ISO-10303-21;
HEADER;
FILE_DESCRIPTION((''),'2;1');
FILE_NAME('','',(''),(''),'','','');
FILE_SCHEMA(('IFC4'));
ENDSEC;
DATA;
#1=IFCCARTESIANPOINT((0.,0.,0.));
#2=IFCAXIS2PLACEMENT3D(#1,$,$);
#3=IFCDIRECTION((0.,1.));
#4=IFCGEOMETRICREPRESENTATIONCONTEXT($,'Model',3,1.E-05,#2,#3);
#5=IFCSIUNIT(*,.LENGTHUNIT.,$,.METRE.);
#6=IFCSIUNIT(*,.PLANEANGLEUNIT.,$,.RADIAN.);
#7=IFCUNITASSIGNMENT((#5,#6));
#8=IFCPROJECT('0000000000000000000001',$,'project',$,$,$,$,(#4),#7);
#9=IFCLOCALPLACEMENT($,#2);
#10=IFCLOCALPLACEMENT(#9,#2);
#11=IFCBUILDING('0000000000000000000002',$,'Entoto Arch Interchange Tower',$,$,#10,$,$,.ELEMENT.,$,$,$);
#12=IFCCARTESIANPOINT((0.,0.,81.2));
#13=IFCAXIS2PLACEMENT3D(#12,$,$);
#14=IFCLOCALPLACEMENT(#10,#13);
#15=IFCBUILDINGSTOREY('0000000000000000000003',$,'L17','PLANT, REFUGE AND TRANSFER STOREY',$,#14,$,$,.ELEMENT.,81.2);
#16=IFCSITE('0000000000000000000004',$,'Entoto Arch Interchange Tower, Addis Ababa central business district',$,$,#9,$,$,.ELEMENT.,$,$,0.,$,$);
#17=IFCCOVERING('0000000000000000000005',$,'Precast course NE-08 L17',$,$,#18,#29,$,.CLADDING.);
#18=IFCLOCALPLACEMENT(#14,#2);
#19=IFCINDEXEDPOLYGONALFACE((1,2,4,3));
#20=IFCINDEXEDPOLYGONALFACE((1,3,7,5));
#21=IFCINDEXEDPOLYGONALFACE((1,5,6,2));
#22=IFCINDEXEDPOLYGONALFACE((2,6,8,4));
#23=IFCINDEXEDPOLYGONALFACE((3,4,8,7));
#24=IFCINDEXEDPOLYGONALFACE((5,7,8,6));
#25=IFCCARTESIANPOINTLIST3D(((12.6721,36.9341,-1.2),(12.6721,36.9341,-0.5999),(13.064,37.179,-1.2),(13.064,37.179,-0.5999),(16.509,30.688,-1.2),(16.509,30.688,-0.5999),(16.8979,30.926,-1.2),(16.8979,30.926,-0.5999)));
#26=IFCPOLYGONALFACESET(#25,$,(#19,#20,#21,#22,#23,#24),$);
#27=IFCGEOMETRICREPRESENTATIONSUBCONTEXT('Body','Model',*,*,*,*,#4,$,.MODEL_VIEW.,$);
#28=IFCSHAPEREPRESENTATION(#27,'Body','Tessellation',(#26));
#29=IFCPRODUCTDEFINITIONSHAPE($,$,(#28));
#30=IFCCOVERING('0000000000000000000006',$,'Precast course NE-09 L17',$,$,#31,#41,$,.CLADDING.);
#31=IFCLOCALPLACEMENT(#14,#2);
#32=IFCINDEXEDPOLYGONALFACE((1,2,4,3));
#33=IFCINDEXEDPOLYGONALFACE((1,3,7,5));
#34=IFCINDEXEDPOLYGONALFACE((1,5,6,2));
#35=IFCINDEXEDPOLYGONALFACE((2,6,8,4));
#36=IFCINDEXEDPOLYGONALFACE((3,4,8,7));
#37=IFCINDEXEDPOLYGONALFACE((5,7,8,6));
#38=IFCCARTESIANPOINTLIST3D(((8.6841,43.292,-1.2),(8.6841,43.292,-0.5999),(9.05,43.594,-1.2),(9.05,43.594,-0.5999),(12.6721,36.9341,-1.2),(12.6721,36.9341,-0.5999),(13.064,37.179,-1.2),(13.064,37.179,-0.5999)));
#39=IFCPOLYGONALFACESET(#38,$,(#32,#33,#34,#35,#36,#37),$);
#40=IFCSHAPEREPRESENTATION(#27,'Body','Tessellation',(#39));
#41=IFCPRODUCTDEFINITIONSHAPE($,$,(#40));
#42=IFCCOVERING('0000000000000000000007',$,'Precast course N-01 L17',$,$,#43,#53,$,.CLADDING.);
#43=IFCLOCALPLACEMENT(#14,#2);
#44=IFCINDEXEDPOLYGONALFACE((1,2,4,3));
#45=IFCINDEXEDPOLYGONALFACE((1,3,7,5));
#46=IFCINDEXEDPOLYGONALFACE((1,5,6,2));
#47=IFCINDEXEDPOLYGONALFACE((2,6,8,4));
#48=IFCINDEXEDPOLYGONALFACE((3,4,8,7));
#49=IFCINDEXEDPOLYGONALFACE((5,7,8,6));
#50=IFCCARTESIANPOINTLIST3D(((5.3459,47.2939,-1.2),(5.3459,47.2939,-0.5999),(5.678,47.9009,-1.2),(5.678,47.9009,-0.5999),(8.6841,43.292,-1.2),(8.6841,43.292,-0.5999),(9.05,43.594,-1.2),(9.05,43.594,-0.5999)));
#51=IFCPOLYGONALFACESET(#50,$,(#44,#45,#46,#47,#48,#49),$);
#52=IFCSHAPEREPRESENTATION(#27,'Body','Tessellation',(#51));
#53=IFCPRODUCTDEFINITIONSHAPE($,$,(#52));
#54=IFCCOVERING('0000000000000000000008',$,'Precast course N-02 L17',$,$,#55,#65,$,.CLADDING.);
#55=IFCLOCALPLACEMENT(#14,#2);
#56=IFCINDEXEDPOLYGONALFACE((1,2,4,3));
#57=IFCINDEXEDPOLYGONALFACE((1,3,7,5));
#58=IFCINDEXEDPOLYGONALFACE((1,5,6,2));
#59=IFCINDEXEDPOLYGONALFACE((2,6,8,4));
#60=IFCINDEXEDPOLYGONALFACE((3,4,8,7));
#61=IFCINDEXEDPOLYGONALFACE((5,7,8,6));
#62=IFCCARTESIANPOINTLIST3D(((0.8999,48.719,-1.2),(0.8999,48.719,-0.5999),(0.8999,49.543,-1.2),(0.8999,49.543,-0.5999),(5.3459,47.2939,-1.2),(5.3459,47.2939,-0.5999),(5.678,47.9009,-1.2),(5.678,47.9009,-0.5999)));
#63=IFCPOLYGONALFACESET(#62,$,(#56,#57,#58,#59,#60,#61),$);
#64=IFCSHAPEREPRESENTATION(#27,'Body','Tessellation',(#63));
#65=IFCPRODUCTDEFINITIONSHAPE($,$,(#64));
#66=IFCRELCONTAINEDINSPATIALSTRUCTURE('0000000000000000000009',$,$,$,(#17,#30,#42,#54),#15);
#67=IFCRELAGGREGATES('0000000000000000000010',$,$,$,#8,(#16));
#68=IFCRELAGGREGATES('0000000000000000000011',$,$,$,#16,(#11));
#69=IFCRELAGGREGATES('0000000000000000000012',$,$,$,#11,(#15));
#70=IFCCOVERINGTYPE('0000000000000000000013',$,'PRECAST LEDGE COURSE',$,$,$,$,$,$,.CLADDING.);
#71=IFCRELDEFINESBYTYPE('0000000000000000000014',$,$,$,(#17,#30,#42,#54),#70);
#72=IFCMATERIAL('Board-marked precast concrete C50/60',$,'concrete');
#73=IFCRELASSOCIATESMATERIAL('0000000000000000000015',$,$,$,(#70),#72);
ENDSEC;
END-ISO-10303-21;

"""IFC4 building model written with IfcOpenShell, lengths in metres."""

from ifc_helpers import new_model, si_unit, direction, frame, origin, place, context, subcontext, project, spatial, polyline, outline, extrude, material, type_object, element, save


model = new_model("IFC4")

# Units and contexts
model_context = context("Model", 3, precision=1e-05, world=origin(), true_north=direction((0.0, 1.0)))
body_context = subcontext(model_context, "Body", "Model", "MODEL_VIEW")
ifc_project = project(units=[si_unit("LENGTHUNIT", "METRE"), si_unit("PLANEANGLEUNIT", "RADIAN")], contexts=[model_context])

# Site, building, storey
site_placement = place(None, origin())
site = spatial("IfcSite", under=ifc_project, at=site_placement, Name="Entoto Arch Interchange Tower, Addis Ababa central business district", CompositionType="ELEMENT", RefElevation=0.0)
building_placement = place(site_placement, origin())
building = spatial("IfcBuilding", under=site, at=building_placement, Name="Entoto Arch Interchange Tower", CompositionType="ELEMENT")
storey_placement = place(building_placement, frame((0.0, 0.0, 81.2)))
storey = spatial("IfcBuildingStorey", under=building, at=storey_placement, Name="L17", Description="PLANT, REFUGE AND TRANSFER STOREY", CompositionType="ELEMENT", Elevation=81.2)

# Coverings
ifc_material = material(Name="Board-marked precast concrete C50/60", Category="concrete")
covering_type = type_object("IfcCoveringType", Name="PRECAST LEDGE COURSE", PredefinedType="CLADDING", material=ifc_material)
covering_1_placement = place(storey_placement, frame((0.0, 0.0, -1.2)))
element("IfcCovering", 1, at=covering_1_placement, inside=storey, type_object=covering_type, Name="Precast course NE-08 L17", PredefinedType="CLADDING", context=body_context, shape_type="SweptSolid", body=[
    extrude(outline(polyline([(12.6721, 36.9341), (13.064, 37.179), (16.8979, 30.926), (16.509, 30.688), (12.6721, 36.9341)])), origin(), (0.0, 0.0, 1.0), 0.6001),
])
covering_2_placement = place(storey_placement, frame((0.0, 0.0, -1.2)))
element("IfcCovering", 2, at=covering_2_placement, inside=storey, type_object=covering_type, Name="Precast course NE-09 L17", PredefinedType="CLADDING", context=body_context, shape_type="SweptSolid", body=[
    extrude(outline(polyline([(8.6841, 43.292), (9.05, 43.594), (13.064, 37.179), (12.6721, 36.9341), (8.6841, 43.292)])), origin(), (0.0, 0.0, 1.0), 0.6001),
])
covering_3_placement = place(storey_placement, frame((0.0, 0.0, -1.2)))
element("IfcCovering", 3, at=covering_3_placement, inside=storey, type_object=covering_type, Name="Precast course N-01 L17", PredefinedType="CLADDING", context=body_context, shape_type="SweptSolid", body=[
    extrude(outline(polyline([(5.3459, 47.2939), (5.678, 47.9009), (9.05, 43.594), (8.6841, 43.292), (5.3459, 47.2939)])), origin(), (0.0, 0.0, 1.0), 0.6001),
])
covering_4_placement = place(storey_placement, frame((0.0, 0.0, -1.2)))
element("IfcCovering", 4, at=covering_4_placement, inside=storey, type_object=covering_type, Name="Precast course N-02 L17", PredefinedType="CLADDING", context=body_context, shape_type="SweptSolid", body=[
    extrude(outline(polyline([(0.8999, 48.719), (0.8999, 49.543), (5.678, 47.9009), (5.3459, 47.2939), (0.8999, 48.719)])), origin(), (0.0, 0.0, 1.0), 0.6001),
])

save(model, "model.ifc")
